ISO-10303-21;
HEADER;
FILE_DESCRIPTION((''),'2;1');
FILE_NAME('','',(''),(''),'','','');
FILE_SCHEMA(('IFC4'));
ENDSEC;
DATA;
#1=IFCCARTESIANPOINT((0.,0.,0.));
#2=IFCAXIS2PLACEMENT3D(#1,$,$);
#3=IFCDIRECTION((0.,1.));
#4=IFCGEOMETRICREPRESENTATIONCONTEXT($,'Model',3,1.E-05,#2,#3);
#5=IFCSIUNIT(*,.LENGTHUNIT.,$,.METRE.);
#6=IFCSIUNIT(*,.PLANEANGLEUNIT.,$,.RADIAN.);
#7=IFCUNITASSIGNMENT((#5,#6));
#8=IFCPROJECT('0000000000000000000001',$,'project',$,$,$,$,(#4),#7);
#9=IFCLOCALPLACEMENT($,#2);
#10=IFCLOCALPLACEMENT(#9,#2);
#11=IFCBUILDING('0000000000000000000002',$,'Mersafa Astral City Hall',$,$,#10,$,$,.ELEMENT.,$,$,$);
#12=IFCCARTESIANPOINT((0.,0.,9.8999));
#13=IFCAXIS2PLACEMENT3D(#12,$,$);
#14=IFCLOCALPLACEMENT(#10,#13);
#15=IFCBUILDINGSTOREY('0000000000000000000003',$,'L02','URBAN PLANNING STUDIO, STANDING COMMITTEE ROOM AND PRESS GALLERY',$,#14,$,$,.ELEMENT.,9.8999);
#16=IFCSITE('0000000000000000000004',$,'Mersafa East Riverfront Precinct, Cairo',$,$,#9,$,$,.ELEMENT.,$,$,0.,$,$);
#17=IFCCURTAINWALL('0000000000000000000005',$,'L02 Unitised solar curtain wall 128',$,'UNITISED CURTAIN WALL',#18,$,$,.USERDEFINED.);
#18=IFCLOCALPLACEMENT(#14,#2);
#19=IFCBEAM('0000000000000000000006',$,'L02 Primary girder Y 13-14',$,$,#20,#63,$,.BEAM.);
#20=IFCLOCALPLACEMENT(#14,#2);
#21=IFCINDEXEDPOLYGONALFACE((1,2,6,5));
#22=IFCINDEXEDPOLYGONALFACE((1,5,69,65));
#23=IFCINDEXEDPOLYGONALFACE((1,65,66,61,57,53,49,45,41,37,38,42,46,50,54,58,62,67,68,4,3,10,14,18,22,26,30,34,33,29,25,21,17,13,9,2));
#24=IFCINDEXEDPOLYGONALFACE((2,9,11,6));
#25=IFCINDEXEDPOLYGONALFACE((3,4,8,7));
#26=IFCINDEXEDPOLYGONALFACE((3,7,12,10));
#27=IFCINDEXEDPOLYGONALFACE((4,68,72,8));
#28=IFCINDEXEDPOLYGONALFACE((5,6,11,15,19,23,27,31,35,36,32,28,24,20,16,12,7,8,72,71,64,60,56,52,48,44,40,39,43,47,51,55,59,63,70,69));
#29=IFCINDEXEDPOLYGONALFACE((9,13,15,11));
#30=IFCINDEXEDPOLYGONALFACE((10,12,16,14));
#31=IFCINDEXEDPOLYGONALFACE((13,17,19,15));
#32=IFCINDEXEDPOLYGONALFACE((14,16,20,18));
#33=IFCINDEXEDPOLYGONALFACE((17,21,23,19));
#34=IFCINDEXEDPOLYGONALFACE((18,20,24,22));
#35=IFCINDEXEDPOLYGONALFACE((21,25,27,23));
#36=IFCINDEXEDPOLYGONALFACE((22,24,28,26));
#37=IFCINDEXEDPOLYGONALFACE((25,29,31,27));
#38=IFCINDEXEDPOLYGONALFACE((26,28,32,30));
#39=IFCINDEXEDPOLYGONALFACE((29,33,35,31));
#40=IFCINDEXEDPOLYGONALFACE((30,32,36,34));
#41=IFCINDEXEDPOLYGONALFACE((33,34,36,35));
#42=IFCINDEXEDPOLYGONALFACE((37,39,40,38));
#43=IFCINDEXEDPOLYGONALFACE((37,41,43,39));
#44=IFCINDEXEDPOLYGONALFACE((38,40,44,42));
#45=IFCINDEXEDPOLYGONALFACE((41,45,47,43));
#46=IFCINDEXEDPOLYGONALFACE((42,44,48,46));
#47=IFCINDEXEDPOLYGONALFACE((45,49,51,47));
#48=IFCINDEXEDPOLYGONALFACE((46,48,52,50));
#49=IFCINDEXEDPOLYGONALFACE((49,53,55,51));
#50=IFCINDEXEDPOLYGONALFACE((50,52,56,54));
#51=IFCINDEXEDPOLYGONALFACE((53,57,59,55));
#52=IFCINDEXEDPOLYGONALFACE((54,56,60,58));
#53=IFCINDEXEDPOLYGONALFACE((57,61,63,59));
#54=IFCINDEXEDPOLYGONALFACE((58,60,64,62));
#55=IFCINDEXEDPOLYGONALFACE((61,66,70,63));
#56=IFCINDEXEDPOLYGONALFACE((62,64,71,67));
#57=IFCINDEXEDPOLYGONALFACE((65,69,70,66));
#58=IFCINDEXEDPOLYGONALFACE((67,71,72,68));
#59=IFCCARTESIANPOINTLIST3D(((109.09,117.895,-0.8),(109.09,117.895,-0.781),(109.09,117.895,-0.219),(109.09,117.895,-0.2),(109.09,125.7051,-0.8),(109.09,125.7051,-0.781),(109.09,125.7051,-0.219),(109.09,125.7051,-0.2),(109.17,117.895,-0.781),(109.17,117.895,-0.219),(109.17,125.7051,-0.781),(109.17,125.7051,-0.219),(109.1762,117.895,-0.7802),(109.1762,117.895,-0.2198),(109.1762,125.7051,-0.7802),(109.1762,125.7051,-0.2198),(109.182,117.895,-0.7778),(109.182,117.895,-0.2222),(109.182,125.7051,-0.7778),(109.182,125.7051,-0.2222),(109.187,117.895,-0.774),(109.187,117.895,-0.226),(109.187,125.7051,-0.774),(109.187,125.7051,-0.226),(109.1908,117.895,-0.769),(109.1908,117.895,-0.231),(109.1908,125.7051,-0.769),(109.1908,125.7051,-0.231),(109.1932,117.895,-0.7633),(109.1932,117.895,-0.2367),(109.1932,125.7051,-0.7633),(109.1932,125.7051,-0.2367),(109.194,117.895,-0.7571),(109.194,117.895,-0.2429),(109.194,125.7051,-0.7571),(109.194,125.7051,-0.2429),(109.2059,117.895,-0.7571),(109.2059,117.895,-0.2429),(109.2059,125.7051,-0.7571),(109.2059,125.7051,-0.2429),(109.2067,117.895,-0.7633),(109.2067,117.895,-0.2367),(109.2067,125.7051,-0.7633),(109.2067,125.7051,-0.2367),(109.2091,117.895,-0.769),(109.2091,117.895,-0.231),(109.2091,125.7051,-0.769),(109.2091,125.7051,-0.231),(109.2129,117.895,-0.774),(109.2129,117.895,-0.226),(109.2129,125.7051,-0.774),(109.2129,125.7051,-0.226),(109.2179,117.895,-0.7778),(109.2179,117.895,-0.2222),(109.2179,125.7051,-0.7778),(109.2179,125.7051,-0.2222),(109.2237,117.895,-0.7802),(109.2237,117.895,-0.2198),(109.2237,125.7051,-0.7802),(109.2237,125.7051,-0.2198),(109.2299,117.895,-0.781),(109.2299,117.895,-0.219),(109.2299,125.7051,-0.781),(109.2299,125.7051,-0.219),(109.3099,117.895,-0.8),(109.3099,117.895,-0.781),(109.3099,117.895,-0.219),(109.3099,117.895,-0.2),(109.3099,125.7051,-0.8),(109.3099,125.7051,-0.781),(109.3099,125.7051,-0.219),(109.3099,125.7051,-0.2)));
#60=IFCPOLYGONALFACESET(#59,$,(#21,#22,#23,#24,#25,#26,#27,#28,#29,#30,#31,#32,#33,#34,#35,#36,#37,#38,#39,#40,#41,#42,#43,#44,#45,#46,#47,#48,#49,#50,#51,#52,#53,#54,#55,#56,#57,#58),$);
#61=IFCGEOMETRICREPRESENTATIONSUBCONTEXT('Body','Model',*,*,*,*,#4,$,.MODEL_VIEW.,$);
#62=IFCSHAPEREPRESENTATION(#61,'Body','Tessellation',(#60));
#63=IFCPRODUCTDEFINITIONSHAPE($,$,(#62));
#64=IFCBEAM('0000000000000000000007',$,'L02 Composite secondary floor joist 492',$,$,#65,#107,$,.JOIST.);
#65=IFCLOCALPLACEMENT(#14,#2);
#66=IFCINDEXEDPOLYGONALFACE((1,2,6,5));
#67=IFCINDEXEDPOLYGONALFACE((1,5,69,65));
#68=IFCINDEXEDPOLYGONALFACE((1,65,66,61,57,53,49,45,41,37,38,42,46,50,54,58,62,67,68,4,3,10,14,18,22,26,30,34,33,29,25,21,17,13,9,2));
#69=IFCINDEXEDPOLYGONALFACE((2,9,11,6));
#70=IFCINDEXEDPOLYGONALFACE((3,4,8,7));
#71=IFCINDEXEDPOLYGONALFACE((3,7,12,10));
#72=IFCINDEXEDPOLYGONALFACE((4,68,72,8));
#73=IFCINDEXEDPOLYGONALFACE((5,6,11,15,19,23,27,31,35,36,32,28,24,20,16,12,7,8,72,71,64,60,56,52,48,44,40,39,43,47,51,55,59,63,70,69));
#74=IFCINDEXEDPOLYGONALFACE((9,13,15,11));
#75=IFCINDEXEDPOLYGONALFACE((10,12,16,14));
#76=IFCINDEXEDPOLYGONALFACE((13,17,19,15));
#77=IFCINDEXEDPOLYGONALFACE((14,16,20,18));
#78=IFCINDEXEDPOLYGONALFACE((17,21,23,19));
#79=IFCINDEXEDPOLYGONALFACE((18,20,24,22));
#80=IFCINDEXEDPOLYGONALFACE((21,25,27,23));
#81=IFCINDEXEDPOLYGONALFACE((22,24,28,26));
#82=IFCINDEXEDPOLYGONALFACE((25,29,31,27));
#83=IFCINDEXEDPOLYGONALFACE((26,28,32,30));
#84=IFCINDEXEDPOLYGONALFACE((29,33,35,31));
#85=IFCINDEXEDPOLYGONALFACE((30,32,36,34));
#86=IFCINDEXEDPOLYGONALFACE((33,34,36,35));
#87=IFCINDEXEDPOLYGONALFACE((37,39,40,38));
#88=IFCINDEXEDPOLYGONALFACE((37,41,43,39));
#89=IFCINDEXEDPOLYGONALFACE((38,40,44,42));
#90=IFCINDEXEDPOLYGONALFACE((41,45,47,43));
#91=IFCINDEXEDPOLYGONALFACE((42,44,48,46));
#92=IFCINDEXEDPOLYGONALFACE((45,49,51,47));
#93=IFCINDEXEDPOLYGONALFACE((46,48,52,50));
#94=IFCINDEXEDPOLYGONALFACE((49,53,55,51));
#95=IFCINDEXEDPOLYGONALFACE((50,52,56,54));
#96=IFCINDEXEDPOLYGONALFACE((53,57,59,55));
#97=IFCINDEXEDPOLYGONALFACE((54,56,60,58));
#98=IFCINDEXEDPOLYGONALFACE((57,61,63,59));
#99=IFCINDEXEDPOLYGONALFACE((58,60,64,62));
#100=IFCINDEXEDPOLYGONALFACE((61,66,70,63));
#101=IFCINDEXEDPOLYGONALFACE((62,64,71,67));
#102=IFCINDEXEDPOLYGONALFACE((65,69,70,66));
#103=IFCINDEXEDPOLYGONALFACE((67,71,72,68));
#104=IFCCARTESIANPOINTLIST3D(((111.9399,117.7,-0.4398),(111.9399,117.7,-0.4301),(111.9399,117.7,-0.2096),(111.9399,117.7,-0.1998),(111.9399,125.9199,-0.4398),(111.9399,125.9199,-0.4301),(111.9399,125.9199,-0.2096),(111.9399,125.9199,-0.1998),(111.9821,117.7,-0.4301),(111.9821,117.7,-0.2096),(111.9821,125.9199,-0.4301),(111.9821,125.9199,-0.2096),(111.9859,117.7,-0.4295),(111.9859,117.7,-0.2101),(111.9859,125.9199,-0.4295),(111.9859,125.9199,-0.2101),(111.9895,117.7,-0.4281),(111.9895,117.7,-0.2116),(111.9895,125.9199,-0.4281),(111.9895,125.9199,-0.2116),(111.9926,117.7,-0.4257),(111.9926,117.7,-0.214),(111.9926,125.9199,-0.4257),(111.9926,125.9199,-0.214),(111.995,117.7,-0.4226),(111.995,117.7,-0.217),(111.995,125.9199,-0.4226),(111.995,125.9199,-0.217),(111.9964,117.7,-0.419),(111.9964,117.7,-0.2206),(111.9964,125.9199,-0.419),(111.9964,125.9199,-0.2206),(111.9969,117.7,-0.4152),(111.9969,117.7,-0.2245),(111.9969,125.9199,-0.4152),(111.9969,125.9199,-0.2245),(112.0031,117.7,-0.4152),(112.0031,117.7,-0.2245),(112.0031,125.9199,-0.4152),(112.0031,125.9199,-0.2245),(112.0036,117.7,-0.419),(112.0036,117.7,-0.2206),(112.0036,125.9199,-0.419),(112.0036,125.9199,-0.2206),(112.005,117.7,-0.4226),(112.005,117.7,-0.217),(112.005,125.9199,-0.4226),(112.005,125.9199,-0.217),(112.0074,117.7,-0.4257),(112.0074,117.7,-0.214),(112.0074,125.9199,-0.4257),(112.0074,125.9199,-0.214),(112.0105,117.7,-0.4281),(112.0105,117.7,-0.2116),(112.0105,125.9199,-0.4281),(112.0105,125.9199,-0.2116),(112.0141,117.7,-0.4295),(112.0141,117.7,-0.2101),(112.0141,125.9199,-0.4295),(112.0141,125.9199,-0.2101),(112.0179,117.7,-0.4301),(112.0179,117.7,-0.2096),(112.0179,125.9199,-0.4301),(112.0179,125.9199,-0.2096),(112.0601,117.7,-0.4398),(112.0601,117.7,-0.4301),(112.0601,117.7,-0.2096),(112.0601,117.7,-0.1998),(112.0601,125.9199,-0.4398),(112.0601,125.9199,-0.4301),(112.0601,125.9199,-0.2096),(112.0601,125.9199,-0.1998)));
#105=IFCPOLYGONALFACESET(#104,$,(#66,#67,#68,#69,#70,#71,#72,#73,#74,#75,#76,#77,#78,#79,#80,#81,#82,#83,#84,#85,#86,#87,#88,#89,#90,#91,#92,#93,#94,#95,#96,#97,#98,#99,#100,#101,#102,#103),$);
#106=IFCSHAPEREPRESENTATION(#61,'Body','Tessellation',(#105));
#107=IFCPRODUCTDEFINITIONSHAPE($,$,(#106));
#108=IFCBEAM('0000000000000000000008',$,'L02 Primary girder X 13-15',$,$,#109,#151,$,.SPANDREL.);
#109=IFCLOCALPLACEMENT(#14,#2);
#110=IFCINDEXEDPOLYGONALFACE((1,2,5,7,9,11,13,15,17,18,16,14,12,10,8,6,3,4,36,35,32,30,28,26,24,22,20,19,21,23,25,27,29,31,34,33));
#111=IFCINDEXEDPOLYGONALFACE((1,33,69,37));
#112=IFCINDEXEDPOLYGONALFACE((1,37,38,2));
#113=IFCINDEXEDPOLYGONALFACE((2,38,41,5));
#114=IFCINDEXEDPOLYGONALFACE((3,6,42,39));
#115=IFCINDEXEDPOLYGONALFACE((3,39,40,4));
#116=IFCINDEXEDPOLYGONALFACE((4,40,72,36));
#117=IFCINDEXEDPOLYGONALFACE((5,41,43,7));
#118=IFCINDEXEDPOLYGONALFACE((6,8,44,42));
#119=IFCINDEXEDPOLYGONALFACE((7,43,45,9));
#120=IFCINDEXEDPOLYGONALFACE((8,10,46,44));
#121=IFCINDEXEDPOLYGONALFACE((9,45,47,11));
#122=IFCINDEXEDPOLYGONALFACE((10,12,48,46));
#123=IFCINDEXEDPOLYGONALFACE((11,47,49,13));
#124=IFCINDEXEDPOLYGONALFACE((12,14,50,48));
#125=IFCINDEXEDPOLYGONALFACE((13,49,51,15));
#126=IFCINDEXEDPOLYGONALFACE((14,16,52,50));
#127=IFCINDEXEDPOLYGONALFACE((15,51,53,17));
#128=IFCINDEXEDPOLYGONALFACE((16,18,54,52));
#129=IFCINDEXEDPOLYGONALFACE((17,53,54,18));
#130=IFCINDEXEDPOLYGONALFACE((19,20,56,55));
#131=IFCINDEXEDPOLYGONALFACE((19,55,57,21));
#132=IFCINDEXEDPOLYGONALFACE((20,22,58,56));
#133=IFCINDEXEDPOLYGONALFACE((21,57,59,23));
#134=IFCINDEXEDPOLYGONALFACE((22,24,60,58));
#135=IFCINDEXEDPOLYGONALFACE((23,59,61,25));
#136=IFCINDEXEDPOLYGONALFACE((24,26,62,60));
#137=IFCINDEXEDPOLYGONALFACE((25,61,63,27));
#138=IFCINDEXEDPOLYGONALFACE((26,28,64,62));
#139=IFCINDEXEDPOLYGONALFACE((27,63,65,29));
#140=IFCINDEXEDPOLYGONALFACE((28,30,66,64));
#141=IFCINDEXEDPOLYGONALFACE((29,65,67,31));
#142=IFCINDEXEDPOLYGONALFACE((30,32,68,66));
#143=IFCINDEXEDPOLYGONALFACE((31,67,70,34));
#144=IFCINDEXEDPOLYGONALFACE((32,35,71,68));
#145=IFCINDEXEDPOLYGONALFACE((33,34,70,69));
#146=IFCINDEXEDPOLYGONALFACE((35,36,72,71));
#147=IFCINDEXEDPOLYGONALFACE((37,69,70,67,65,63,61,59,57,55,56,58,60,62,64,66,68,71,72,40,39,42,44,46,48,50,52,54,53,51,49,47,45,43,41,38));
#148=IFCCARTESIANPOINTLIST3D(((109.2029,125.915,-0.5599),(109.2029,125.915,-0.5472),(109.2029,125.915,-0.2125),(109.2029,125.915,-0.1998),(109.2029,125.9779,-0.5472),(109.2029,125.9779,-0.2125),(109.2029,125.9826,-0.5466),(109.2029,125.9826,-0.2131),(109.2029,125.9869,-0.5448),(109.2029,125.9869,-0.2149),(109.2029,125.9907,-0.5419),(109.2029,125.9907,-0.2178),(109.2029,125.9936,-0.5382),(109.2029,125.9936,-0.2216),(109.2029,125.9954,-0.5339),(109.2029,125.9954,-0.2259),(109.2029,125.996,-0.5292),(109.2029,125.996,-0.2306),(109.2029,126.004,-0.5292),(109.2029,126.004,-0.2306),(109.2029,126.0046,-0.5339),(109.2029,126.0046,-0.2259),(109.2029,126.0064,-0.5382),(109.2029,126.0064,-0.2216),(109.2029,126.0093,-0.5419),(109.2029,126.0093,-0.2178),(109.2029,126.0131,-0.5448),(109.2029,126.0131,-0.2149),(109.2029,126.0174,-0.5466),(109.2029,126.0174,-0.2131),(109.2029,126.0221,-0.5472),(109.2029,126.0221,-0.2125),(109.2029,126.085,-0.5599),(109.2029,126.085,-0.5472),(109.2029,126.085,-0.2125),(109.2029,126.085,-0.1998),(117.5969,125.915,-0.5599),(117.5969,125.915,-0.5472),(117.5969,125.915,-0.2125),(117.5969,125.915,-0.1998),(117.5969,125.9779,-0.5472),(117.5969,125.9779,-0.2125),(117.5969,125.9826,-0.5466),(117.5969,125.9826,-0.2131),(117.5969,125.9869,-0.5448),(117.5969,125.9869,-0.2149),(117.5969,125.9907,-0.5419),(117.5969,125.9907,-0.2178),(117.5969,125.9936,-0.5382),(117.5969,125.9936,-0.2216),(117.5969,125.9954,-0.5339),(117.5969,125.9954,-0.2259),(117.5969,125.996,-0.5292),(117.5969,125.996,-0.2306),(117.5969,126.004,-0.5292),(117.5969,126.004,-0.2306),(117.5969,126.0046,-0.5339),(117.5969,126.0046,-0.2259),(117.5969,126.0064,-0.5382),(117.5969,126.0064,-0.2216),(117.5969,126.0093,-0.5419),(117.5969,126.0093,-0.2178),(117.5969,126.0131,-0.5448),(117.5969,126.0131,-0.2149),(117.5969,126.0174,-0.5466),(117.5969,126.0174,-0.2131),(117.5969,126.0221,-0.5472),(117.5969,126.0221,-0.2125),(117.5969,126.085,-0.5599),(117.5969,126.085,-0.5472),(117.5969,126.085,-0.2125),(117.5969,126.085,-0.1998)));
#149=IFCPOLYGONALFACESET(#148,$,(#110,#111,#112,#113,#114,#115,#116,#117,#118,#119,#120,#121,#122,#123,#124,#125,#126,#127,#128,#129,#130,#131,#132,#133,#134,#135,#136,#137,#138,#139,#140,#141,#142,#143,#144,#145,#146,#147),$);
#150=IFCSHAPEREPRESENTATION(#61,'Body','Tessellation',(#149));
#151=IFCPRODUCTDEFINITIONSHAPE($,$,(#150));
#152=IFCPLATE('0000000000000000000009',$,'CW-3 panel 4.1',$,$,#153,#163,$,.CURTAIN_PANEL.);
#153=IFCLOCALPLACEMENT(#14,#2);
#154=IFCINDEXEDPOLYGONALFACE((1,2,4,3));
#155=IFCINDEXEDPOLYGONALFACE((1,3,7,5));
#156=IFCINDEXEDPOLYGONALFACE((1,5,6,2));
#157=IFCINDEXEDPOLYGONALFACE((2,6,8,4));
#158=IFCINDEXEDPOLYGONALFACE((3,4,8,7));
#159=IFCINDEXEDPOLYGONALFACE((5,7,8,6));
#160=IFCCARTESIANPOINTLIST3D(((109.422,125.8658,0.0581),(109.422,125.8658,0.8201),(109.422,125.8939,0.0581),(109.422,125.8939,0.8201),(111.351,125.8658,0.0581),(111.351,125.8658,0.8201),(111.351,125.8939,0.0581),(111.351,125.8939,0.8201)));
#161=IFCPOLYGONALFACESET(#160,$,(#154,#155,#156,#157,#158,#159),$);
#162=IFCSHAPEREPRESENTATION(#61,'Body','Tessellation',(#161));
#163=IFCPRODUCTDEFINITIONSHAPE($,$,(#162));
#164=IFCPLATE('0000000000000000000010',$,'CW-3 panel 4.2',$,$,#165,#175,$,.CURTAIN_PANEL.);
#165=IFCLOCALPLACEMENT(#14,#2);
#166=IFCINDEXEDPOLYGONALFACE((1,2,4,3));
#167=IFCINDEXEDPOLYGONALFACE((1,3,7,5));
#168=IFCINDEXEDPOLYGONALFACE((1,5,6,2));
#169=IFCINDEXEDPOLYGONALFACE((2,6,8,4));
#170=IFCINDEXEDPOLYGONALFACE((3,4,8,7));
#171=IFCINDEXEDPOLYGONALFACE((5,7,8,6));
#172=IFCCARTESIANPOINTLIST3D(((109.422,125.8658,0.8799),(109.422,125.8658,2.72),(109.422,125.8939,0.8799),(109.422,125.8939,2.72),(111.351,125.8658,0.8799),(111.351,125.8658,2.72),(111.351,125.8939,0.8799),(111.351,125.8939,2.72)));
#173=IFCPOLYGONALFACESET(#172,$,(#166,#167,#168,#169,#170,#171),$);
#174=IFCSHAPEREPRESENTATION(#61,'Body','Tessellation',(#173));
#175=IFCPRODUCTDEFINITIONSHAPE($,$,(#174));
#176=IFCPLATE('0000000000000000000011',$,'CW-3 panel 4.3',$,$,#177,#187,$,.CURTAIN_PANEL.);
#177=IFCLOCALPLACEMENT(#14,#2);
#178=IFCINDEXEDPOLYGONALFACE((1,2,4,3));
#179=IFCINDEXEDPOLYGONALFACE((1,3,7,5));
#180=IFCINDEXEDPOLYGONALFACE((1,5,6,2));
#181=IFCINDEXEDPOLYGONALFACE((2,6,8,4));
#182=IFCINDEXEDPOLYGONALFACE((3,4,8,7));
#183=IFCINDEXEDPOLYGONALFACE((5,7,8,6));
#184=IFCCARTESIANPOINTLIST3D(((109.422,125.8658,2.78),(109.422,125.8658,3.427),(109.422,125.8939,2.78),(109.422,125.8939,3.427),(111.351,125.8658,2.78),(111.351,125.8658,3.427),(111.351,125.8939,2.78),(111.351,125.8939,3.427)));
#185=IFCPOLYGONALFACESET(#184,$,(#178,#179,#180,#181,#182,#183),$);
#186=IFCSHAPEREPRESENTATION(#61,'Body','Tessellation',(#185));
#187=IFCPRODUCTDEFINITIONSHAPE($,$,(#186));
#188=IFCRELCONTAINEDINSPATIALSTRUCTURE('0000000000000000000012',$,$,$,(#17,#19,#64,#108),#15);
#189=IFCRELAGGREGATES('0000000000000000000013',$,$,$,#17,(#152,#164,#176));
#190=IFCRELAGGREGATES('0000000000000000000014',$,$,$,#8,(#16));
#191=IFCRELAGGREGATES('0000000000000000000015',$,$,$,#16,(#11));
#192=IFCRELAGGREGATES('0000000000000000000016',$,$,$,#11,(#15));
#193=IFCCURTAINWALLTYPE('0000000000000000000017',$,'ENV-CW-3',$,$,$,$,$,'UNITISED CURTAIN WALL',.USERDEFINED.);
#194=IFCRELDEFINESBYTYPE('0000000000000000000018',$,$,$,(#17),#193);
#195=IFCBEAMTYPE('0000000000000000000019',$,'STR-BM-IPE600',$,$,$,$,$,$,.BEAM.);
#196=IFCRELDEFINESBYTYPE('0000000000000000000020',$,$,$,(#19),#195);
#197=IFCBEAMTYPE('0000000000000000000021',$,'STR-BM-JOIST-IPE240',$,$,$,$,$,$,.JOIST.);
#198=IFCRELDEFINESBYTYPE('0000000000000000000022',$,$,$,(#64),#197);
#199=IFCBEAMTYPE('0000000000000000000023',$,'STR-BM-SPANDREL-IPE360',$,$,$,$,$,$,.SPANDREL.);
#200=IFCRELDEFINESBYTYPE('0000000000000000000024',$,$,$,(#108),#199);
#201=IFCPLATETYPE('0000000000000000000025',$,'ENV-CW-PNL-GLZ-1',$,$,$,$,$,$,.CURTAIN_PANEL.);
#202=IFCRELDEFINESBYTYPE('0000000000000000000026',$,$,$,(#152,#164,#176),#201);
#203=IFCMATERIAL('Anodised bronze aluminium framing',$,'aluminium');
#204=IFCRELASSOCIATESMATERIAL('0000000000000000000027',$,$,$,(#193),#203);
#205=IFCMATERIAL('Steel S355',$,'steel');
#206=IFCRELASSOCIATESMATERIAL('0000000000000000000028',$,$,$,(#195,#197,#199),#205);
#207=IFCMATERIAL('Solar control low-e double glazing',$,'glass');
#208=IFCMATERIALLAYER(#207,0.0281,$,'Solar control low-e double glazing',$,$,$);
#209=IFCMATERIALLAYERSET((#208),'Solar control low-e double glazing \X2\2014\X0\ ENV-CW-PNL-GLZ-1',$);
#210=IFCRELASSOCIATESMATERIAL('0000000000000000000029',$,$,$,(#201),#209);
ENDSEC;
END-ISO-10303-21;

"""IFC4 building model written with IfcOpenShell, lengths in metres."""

from ifc_helpers import new_model, si_unit, direction, frame, origin, origin_2d, place, context, subcontext, project, spatial, rectangle, i_section, extrude, material, layer, layer_set, material_profile, profile_set, type_object, element, aggregate, save


model = new_model("IFC4")

# Units and contexts
model_context = context("Model", 3, precision=1e-05, world=origin(), true_north=direction((0.0, 1.0)))
body_context = subcontext(model_context, "Body", "Model", "MODEL_VIEW")
ifc_project = project(units=[si_unit("LENGTHUNIT", "METRE"), si_unit("PLANEANGLEUNIT", "RADIAN")], contexts=[model_context])

# Site, building, storey
site_placement = place(None, origin())
site = spatial("IfcSite", under=ifc_project, at=site_placement, Name="Mersafa East Riverfront Precinct, Cairo", CompositionType="ELEMENT", RefElevation=0.0)
building_placement = place(site_placement, origin())
building = spatial("IfcBuilding", under=site, at=building_placement, Name="Mersafa Astral City Hall", CompositionType="ELEMENT")
storey_placement = place(building_placement, frame((0.0, 0.0, 9.8999)))
storey = spatial("IfcBuildingStorey", under=building, at=storey_placement, Name="L02", Description="URBAN PLANNING STUDIO, STANDING COMMITTEE ROOM AND PRESS GALLERY", CompositionType="ELEMENT", Elevation=9.8999)

# Shared definitions
ifc_material_1 = material(Name="Steel S355", Category="steel")

# Curtain wall
ifc_material_2 = material(Name="Anodised bronze aluminium framing", Category="aluminium")
curtain_wall_type_1 = type_object("IfcCurtainWallType", Name="ENV-CW-3", ElementType="UNITISED CURTAIN WALL", PredefinedType="USERDEFINED", material=ifc_material_2)
curtain_wall_1_placement = place(storey_placement, origin())
curtain_wall_1 = element("IfcCurtainWall", 1, at=curtain_wall_1_placement, inside=storey, type_object=curtain_wall_type_1, Name="L02 Unitised solar curtain wall 128", ObjectType="UNITISED CURTAIN WALL", PredefinedType="USERDEFINED")

# Beams
ifc_material_profile_1 = material_profile(ifc_material_1, i_section(OverallWidth=0.22, OverallDepth=0.6001, WebThickness=0.012, FlangeThickness=0.019, FilletRadius=0.0239, at=origin_2d()), Name="IPE 600")
ifc_profile_set_1 = profile_set([ifc_material_profile_1], Name="Steel S355")
beam_type_1 = type_object("IfcBeamType", Name="STR-BM-IPE600", PredefinedType="BEAM", material=ifc_profile_set_1)
beam_1_placement = place(storey_placement, frame((109.2, 117.895, -0.5), z_axis=(0.0, 1.0, 0.0), x_axis=(-1.0, 0.0, 0.0)))
element("IfcBeam", 2, at=beam_1_placement, inside=storey, type_object=beam_type_1, Name="L02 Primary girder Y 13-14", PredefinedType="BEAM", context=body_context, shape_type="SweptSolid", body=[
    extrude(i_section(OverallWidth=0.22, OverallDepth=0.6001, WebThickness=0.012, FlangeThickness=0.019, FilletRadius=0.0239, at=origin_2d()), origin(), (0.0, 0.0, 1.0), 7.8101),
])
ifc_material_profile_2 = material_profile(ifc_material_1, i_section(OverallWidth=0.1201, OverallDepth=0.24, WebThickness=0.0061, FlangeThickness=0.0098, FilletRadius=0.0149, at=origin_2d()), Name="IPE 240")
ifc_profile_set_2 = profile_set([ifc_material_profile_2], Name="Steel S355")
beam_type_2 = type_object("IfcBeamType", Name="STR-BM-JOIST-IPE240", PredefinedType="JOIST", material=ifc_profile_set_2)
beam_2_placement = place(storey_placement, frame((112.0, 117.7, -0.3198), z_axis=(0.0, 1.0, 0.0), x_axis=(-1.0, 0.0, 0.0)))
element("IfcBeam", 3, at=beam_2_placement, inside=storey, type_object=beam_type_2, Name="L02 Composite secondary floor joist 492", PredefinedType="JOIST", context=body_context, shape_type="SweptSolid", body=[
    extrude(i_section(OverallWidth=0.1201, OverallDepth=0.24, WebThickness=0.0061, FlangeThickness=0.0098, FilletRadius=0.0149, at=origin_2d()), origin(), (0.0, 0.0, 1.0), 8.22),
])
ifc_material_profile_3 = material_profile(ifc_material_1, i_section(OverallWidth=0.1699, OverallDepth=0.3601, WebThickness=0.0081, FlangeThickness=0.0127, FilletRadius=0.0181, at=origin_2d()), Name="IPE 360")
ifc_profile_set_3 = profile_set([ifc_material_profile_3], Name="Steel S355")
beam_type_3 = type_object("IfcBeamType", Name="STR-BM-SPANDREL-IPE360", PredefinedType="SPANDREL", material=ifc_profile_set_3)
beam_3_placement = place(storey_placement, frame((109.2029, 126.0, -0.3799), z_axis=(1.0, 0.0, 0.0), x_axis=(0.0, 1.0, 0.0)))
element("IfcBeam", 4, at=beam_3_placement, inside=storey, type_object=beam_type_3, Name="L02 Primary girder X 13-15", PredefinedType="SPANDREL", context=body_context, shape_type="SweptSolid", body=[
    extrude(i_section(OverallWidth=0.1699, OverallDepth=0.3601, WebThickness=0.0081, FlangeThickness=0.0127, FilletRadius=0.0181, at=origin_2d()), origin(), (0.0, 0.0, 1.0), 8.394),
])

# Plates
ifc_material_3 = material(Name="Solar control low-e double glazing", Category="glass")
ifc_layer_1 = layer(ifc_material_3, 0.0281, Name="Solar control low-e double glazing")
ifc_layer_set_1 = layer_set([ifc_layer_1], Name="Solar control low-e double glazing — ENV-CW-PNL-GLZ-1")
plate_type_1 = type_object("IfcPlateType", Name="ENV-CW-PNL-GLZ-1", PredefinedType="CURTAIN_PANEL", material=ifc_layer_set_1)
plate_1_placement = place(storey_placement, frame((110.3865, 125.8799, 0.0581), z_axis=(0.0, 0.0, 1.0), x_axis=(-1.0, 0.0, 0.0)))
plate_1 = element("IfcPlate", 5, at=plate_1_placement, type_object=plate_type_1, Name="CW-3 panel 4.1", PredefinedType="CURTAIN_PANEL", context=body_context, shape_type="SweptSolid", body=[
    extrude(rectangle(XDim=1.929, YDim=0.0281, at=origin_2d()), origin(), (0.0, 0.0, 1.0), 0.762),
])
plate_2_placement = place(storey_placement, frame((110.3865, 125.8799, 0.8799), z_axis=(0.0, 0.0, 1.0), x_axis=(-1.0, 0.0, 0.0)))
plate_2 = element("IfcPlate", 6, at=plate_2_placement, type_object=plate_type_1, Name="CW-3 panel 4.2", PredefinedType="CURTAIN_PANEL", context=body_context, shape_type="SweptSolid", body=[
    extrude(rectangle(XDim=1.929, YDim=0.0281, at=origin_2d()), origin(), (0.0, 0.0, 1.0), 1.8401),
])
plate_3_placement = place(storey_placement, frame((110.3865, 125.8799, 2.78), z_axis=(0.0, 0.0, 1.0), x_axis=(-1.0, 0.0, 0.0)))
plate_3 = element("IfcPlate", 7, at=plate_3_placement, type_object=plate_type_1, Name="CW-3 panel 4.3", PredefinedType="CURTAIN_PANEL", context=body_context, shape_type="SweptSolid", body=[
    extrude(rectangle(XDim=1.929, YDim=0.0281, at=origin_2d()), origin(), (0.0, 0.0, 1.0), 0.647),
])
aggregate(curtain_wall_1, [plate_1, plate_2, plate_3])

save(model, "model.ifc")
